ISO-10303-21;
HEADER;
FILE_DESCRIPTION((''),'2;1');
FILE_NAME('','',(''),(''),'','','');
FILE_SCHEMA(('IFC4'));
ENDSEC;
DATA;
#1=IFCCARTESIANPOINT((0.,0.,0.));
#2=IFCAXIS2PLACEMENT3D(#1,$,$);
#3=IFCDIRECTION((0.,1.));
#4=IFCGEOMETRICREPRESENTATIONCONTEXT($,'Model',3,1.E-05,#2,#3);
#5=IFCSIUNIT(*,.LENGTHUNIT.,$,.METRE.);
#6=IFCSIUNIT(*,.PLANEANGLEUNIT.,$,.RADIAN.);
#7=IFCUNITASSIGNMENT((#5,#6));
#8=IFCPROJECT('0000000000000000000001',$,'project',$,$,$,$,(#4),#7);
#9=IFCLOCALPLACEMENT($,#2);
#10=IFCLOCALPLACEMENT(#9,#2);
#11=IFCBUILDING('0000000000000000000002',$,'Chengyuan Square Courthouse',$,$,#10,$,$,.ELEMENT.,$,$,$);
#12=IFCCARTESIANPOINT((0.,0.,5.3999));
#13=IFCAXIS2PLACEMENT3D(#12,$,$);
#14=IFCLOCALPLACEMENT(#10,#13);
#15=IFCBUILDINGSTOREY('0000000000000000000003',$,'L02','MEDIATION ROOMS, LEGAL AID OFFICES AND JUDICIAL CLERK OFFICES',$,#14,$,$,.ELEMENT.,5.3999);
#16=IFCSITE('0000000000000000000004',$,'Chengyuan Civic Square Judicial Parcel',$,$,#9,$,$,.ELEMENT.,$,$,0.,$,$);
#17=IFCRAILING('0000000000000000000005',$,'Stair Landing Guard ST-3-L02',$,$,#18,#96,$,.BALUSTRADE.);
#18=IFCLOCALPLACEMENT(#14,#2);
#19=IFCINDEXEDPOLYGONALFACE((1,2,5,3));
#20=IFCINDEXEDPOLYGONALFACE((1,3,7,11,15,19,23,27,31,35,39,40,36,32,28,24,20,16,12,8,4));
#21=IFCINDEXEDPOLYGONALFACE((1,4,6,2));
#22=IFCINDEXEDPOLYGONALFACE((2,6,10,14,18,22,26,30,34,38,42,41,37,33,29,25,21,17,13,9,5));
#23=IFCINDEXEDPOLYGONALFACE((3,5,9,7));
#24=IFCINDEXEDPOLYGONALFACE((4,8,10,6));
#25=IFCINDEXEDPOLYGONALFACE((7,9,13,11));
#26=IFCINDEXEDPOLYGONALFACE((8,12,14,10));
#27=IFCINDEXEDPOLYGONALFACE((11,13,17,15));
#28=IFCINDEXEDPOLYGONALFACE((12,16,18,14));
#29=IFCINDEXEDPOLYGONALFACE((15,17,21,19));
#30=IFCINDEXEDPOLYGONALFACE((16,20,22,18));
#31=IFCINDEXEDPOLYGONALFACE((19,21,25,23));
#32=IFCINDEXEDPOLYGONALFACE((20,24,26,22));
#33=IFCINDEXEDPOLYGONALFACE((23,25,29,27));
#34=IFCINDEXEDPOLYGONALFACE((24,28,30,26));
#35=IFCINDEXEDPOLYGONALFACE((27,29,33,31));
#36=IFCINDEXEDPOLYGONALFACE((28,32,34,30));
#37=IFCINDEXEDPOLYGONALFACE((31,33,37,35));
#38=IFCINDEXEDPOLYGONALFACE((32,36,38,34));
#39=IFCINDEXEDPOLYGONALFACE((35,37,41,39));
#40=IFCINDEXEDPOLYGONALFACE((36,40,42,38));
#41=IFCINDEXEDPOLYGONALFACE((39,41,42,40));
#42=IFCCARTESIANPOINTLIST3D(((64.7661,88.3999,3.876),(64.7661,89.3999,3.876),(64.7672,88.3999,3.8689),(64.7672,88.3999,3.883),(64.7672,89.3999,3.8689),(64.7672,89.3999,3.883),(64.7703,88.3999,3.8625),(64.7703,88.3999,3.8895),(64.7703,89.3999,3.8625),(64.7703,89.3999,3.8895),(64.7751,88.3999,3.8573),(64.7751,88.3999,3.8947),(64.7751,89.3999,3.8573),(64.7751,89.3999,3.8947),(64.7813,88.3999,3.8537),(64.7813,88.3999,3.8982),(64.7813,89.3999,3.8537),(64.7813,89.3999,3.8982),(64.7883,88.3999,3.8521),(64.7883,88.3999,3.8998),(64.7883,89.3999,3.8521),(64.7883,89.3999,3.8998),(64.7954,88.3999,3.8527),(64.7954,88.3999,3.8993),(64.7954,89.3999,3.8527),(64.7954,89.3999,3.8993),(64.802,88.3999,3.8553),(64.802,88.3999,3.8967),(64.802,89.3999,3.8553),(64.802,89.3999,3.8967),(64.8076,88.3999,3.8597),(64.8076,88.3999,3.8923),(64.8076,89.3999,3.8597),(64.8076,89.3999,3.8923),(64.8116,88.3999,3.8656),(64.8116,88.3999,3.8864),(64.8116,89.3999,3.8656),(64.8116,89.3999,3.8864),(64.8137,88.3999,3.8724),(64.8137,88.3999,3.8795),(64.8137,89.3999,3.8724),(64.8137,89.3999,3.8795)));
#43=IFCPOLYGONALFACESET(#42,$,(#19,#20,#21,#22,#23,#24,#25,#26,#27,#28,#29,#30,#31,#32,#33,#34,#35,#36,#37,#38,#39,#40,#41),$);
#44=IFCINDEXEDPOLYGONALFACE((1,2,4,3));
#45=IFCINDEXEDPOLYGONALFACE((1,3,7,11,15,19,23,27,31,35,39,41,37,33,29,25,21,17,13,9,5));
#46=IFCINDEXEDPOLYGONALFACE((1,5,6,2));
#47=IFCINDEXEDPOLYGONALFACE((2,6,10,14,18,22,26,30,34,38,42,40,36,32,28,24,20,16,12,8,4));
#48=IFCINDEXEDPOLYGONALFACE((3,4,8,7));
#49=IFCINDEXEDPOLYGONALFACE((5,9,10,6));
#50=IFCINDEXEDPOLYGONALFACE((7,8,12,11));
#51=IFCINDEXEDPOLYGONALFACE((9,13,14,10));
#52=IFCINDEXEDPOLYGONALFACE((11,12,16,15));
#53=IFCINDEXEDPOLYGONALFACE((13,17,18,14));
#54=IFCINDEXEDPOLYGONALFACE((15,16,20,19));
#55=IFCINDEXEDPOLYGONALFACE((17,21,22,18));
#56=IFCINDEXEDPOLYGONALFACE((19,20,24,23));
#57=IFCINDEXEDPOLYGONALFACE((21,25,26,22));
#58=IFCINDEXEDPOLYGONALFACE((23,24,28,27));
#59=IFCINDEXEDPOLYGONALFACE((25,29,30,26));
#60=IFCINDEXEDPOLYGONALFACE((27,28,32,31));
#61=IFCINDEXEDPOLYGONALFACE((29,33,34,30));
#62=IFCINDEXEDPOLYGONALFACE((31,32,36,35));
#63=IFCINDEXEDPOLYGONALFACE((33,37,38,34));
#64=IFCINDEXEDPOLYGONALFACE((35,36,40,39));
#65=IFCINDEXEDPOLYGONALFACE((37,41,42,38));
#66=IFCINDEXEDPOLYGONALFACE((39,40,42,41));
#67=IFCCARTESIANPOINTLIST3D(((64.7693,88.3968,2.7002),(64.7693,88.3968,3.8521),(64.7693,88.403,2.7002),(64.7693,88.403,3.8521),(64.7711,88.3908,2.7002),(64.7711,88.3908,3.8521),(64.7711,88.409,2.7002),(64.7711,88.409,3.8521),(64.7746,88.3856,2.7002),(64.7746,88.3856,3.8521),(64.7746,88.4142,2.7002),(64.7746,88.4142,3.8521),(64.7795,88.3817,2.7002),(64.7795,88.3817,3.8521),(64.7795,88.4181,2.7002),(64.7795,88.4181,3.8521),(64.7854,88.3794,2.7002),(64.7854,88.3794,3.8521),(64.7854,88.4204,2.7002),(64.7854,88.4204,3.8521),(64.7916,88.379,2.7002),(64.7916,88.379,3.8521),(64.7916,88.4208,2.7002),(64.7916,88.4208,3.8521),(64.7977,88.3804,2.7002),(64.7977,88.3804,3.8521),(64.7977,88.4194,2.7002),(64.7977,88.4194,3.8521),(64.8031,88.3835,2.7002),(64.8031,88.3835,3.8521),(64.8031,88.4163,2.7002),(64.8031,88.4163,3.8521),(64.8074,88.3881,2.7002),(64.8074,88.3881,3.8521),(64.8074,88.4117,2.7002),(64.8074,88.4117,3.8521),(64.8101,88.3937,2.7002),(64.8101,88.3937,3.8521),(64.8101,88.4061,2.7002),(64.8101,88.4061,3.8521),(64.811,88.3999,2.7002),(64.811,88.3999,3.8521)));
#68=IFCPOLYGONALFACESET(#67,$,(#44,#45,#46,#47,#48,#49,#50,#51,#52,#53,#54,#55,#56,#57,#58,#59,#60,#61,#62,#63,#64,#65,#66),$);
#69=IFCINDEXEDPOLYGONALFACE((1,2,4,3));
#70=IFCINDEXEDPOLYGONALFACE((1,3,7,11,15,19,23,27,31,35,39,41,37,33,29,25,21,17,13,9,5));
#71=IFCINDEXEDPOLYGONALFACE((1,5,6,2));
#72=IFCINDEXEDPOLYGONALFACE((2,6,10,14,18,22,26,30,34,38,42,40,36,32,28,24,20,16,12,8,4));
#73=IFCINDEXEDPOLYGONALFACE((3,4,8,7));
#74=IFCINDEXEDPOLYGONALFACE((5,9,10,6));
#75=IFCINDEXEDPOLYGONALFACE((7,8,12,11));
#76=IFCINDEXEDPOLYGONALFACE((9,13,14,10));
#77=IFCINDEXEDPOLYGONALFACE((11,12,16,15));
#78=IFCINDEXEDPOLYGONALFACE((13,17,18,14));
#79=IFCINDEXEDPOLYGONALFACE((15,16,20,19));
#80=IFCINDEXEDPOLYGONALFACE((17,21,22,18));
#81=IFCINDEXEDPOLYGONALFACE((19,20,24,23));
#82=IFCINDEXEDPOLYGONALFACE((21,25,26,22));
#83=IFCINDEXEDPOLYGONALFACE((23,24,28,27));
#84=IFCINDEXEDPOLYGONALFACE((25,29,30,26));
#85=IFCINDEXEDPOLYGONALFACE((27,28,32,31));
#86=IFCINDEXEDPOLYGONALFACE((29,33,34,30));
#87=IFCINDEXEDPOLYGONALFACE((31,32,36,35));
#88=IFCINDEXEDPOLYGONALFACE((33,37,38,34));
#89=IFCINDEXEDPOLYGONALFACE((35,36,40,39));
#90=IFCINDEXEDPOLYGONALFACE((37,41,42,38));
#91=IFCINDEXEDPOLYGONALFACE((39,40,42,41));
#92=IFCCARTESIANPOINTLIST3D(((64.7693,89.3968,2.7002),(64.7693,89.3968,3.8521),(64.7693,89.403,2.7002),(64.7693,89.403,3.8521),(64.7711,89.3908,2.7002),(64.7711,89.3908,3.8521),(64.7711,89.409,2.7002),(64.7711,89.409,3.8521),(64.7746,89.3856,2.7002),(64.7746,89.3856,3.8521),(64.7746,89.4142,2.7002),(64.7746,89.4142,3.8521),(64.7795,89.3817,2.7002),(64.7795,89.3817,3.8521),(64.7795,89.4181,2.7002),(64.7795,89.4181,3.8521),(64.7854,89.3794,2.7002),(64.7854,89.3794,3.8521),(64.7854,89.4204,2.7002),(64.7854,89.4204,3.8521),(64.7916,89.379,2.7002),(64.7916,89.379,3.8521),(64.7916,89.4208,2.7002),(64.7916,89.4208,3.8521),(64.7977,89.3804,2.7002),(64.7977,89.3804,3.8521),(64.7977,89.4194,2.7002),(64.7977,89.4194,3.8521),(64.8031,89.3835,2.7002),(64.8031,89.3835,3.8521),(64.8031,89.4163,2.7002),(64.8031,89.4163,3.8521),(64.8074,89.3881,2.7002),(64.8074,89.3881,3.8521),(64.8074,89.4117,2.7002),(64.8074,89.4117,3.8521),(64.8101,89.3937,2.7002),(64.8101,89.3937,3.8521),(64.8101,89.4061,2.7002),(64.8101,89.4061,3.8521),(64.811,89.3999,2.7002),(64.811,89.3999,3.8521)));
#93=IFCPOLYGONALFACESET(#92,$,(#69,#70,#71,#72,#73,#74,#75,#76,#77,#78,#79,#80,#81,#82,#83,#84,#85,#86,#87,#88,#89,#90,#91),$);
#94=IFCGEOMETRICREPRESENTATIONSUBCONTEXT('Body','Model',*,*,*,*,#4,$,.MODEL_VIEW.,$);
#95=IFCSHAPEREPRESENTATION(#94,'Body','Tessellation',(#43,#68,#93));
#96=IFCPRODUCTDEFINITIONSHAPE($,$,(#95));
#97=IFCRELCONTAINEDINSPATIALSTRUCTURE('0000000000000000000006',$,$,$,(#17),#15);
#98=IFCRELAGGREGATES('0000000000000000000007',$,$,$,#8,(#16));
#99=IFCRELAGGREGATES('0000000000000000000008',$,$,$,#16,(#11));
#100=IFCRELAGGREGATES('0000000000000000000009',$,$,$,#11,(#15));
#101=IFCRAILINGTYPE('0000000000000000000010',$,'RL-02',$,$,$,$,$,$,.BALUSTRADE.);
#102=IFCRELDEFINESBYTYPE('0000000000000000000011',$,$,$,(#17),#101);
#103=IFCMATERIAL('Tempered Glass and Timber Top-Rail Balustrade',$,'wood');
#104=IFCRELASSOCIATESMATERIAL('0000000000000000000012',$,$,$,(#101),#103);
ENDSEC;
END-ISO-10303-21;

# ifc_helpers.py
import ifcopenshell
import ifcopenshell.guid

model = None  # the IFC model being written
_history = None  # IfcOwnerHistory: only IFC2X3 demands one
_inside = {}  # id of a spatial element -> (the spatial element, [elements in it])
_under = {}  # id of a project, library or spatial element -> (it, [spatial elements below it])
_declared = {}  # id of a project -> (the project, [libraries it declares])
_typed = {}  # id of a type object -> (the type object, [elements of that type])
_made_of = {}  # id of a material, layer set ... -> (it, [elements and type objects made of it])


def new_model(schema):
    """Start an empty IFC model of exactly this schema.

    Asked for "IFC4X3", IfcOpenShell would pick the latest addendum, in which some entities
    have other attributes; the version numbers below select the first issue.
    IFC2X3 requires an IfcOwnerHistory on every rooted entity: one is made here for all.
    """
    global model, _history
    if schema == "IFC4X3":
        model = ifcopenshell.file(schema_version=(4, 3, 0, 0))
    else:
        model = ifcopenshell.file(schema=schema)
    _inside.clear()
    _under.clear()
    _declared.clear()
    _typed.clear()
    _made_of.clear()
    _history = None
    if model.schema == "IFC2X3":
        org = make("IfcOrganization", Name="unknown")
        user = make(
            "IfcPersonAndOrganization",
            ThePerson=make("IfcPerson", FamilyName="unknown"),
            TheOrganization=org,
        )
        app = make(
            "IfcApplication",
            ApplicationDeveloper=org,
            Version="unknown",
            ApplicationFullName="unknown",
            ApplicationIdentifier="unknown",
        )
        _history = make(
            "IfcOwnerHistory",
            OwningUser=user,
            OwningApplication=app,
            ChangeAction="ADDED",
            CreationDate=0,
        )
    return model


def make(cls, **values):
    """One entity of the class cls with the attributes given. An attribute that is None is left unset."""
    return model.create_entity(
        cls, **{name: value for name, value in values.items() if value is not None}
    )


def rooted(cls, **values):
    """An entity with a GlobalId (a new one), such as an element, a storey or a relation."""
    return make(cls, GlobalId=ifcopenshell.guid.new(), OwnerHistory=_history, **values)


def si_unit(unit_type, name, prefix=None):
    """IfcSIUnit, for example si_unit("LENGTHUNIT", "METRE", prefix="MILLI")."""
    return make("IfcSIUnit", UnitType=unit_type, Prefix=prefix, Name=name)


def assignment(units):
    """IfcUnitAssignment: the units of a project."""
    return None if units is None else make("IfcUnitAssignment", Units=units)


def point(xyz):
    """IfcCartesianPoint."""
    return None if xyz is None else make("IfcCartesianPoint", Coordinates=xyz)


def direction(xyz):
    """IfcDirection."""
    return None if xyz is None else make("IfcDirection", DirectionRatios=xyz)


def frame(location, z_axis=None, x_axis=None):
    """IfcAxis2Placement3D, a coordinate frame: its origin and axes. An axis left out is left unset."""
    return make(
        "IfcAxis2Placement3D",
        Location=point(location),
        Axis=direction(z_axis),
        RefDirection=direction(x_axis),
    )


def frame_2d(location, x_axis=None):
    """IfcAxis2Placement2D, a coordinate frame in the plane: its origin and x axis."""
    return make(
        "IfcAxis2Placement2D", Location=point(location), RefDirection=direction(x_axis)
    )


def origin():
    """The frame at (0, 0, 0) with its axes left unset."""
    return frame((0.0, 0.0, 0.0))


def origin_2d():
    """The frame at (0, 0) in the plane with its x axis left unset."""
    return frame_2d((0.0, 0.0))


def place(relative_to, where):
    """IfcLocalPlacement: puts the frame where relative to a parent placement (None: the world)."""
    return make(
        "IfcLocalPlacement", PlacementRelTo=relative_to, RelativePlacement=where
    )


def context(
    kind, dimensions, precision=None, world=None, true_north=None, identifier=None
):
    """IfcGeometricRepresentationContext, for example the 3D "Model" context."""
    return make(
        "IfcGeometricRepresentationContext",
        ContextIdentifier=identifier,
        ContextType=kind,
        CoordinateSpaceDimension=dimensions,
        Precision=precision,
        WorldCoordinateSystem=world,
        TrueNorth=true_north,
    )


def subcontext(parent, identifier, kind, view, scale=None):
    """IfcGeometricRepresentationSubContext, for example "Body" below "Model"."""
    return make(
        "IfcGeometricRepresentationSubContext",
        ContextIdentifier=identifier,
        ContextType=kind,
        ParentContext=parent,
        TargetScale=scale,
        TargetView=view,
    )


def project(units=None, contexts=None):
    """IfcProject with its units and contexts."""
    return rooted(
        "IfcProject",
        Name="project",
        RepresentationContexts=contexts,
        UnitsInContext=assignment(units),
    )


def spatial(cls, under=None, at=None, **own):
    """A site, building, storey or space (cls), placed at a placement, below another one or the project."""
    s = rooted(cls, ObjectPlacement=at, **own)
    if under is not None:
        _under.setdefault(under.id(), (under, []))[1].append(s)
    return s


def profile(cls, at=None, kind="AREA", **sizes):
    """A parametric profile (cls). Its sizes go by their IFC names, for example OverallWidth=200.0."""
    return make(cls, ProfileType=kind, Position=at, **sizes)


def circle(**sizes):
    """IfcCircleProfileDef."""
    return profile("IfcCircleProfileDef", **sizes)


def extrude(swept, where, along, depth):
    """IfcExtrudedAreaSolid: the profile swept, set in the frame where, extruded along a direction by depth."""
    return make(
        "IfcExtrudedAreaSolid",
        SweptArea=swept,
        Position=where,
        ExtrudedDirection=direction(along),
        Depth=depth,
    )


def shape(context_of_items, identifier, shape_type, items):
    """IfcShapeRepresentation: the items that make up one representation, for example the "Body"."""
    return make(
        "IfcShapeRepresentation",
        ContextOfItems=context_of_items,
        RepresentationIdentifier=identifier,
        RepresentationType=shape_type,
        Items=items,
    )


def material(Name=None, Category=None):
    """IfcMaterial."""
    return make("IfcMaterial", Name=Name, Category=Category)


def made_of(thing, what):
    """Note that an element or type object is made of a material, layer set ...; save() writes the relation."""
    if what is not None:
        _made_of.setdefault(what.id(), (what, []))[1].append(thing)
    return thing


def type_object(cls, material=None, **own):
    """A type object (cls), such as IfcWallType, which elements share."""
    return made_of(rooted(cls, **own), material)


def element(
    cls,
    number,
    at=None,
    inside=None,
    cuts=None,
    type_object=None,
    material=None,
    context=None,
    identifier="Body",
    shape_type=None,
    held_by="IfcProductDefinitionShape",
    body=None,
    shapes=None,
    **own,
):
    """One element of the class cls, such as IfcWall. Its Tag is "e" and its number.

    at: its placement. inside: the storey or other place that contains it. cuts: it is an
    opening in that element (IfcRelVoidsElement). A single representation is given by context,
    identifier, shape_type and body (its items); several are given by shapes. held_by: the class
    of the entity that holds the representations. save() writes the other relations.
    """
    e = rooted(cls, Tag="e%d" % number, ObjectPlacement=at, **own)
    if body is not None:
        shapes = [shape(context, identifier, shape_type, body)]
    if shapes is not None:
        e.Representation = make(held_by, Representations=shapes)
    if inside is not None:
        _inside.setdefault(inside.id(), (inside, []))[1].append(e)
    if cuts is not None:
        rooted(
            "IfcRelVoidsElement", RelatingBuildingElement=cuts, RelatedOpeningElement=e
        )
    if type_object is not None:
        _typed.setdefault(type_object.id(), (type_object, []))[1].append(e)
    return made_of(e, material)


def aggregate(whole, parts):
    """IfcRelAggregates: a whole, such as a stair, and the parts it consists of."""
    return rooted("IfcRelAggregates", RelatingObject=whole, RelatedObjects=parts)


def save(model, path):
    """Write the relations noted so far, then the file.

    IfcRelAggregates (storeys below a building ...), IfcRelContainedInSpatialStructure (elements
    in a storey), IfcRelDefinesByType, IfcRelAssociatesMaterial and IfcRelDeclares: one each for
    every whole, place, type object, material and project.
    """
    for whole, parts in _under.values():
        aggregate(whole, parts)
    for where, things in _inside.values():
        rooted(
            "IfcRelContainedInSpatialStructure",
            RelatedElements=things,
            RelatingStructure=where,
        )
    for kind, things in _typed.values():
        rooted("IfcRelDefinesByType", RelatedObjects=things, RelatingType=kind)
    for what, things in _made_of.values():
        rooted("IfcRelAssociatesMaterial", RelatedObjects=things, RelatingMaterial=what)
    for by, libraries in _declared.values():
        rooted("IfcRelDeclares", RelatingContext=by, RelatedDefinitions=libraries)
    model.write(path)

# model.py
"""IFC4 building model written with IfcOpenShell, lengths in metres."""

from ifc_helpers import new_model, si_unit, direction, frame, origin, origin_2d, place, context, subcontext, project, spatial, circle, extrude, material, type_object, element, save


model = new_model("IFC4")

# Units and contexts
model_context = context("Model", 3, precision=1e-05, world=origin(), true_north=direction((0.0, 1.0)))
body_context = subcontext(model_context, "Body", "Model", "MODEL_VIEW")
ifc_project = project(units=[si_unit("LENGTHUNIT", "METRE"), si_unit("PLANEANGLEUNIT", "RADIAN")], contexts=[model_context])

# Site, building, storey
site_placement = place(None, origin())
site = spatial("IfcSite", under=ifc_project, at=site_placement, Name="Chengyuan Civic Square Judicial Parcel", CompositionType="ELEMENT", RefElevation=0.0)
building_placement = place(site_placement, origin())
building = spatial("IfcBuilding", under=site, at=building_placement, Name="Chengyuan Square Courthouse", CompositionType="ELEMENT")
storey_placement = place(building_placement, frame((0.0, 0.0, 5.3999)))
storey = spatial("IfcBuildingStorey", under=building, at=storey_placement, Name="L02", Description="MEDIATION ROOMS, LEGAL AID OFFICES AND JUDICIAL CLERK OFFICES", CompositionType="ELEMENT", Elevation=5.3999)

# Railing
ifc_material_1 = material(Name="Tempered Glass and Timber Top-Rail Balustrade", Category="wood")
railing_type_1 = type_object("IfcRailingType", Name="RL-02", PredefinedType="BALUSTRADE", material=ifc_material_1)
for number, where, name in (
    (1, (64.79, 88.3999, 2.7002), "Stair Landing Guard ST-3-L02"),
):
    element("IfcRailing", number, at=place(storey_placement, frame(where)), inside=storey, type_object=railing_type_1, Name=name, PredefinedType="BALUSTRADE", context=body_context, shape_type="SweptSolid", body=[
        extrude(circle(Radius=0.0239, at=origin_2d()), frame((0.0, 0.0, 1.1758), z_axis=(0.0, 1.0, 0.0), x_axis=(-1.0, 0.0, 0.0)), (0.0, 0.0, 1.0), 1.0),
        extrude(circle(Radius=0.021, at=origin_2d()), origin(), (0.0, 0.0, 1.0), 1.1519),
        extrude(circle(Radius=0.021, at=origin_2d()), frame((0.0, 1.0, 0.0)), (0.0, 0.0, 1.0), 1.1519),
    ])

save(model, "model.ifc")
